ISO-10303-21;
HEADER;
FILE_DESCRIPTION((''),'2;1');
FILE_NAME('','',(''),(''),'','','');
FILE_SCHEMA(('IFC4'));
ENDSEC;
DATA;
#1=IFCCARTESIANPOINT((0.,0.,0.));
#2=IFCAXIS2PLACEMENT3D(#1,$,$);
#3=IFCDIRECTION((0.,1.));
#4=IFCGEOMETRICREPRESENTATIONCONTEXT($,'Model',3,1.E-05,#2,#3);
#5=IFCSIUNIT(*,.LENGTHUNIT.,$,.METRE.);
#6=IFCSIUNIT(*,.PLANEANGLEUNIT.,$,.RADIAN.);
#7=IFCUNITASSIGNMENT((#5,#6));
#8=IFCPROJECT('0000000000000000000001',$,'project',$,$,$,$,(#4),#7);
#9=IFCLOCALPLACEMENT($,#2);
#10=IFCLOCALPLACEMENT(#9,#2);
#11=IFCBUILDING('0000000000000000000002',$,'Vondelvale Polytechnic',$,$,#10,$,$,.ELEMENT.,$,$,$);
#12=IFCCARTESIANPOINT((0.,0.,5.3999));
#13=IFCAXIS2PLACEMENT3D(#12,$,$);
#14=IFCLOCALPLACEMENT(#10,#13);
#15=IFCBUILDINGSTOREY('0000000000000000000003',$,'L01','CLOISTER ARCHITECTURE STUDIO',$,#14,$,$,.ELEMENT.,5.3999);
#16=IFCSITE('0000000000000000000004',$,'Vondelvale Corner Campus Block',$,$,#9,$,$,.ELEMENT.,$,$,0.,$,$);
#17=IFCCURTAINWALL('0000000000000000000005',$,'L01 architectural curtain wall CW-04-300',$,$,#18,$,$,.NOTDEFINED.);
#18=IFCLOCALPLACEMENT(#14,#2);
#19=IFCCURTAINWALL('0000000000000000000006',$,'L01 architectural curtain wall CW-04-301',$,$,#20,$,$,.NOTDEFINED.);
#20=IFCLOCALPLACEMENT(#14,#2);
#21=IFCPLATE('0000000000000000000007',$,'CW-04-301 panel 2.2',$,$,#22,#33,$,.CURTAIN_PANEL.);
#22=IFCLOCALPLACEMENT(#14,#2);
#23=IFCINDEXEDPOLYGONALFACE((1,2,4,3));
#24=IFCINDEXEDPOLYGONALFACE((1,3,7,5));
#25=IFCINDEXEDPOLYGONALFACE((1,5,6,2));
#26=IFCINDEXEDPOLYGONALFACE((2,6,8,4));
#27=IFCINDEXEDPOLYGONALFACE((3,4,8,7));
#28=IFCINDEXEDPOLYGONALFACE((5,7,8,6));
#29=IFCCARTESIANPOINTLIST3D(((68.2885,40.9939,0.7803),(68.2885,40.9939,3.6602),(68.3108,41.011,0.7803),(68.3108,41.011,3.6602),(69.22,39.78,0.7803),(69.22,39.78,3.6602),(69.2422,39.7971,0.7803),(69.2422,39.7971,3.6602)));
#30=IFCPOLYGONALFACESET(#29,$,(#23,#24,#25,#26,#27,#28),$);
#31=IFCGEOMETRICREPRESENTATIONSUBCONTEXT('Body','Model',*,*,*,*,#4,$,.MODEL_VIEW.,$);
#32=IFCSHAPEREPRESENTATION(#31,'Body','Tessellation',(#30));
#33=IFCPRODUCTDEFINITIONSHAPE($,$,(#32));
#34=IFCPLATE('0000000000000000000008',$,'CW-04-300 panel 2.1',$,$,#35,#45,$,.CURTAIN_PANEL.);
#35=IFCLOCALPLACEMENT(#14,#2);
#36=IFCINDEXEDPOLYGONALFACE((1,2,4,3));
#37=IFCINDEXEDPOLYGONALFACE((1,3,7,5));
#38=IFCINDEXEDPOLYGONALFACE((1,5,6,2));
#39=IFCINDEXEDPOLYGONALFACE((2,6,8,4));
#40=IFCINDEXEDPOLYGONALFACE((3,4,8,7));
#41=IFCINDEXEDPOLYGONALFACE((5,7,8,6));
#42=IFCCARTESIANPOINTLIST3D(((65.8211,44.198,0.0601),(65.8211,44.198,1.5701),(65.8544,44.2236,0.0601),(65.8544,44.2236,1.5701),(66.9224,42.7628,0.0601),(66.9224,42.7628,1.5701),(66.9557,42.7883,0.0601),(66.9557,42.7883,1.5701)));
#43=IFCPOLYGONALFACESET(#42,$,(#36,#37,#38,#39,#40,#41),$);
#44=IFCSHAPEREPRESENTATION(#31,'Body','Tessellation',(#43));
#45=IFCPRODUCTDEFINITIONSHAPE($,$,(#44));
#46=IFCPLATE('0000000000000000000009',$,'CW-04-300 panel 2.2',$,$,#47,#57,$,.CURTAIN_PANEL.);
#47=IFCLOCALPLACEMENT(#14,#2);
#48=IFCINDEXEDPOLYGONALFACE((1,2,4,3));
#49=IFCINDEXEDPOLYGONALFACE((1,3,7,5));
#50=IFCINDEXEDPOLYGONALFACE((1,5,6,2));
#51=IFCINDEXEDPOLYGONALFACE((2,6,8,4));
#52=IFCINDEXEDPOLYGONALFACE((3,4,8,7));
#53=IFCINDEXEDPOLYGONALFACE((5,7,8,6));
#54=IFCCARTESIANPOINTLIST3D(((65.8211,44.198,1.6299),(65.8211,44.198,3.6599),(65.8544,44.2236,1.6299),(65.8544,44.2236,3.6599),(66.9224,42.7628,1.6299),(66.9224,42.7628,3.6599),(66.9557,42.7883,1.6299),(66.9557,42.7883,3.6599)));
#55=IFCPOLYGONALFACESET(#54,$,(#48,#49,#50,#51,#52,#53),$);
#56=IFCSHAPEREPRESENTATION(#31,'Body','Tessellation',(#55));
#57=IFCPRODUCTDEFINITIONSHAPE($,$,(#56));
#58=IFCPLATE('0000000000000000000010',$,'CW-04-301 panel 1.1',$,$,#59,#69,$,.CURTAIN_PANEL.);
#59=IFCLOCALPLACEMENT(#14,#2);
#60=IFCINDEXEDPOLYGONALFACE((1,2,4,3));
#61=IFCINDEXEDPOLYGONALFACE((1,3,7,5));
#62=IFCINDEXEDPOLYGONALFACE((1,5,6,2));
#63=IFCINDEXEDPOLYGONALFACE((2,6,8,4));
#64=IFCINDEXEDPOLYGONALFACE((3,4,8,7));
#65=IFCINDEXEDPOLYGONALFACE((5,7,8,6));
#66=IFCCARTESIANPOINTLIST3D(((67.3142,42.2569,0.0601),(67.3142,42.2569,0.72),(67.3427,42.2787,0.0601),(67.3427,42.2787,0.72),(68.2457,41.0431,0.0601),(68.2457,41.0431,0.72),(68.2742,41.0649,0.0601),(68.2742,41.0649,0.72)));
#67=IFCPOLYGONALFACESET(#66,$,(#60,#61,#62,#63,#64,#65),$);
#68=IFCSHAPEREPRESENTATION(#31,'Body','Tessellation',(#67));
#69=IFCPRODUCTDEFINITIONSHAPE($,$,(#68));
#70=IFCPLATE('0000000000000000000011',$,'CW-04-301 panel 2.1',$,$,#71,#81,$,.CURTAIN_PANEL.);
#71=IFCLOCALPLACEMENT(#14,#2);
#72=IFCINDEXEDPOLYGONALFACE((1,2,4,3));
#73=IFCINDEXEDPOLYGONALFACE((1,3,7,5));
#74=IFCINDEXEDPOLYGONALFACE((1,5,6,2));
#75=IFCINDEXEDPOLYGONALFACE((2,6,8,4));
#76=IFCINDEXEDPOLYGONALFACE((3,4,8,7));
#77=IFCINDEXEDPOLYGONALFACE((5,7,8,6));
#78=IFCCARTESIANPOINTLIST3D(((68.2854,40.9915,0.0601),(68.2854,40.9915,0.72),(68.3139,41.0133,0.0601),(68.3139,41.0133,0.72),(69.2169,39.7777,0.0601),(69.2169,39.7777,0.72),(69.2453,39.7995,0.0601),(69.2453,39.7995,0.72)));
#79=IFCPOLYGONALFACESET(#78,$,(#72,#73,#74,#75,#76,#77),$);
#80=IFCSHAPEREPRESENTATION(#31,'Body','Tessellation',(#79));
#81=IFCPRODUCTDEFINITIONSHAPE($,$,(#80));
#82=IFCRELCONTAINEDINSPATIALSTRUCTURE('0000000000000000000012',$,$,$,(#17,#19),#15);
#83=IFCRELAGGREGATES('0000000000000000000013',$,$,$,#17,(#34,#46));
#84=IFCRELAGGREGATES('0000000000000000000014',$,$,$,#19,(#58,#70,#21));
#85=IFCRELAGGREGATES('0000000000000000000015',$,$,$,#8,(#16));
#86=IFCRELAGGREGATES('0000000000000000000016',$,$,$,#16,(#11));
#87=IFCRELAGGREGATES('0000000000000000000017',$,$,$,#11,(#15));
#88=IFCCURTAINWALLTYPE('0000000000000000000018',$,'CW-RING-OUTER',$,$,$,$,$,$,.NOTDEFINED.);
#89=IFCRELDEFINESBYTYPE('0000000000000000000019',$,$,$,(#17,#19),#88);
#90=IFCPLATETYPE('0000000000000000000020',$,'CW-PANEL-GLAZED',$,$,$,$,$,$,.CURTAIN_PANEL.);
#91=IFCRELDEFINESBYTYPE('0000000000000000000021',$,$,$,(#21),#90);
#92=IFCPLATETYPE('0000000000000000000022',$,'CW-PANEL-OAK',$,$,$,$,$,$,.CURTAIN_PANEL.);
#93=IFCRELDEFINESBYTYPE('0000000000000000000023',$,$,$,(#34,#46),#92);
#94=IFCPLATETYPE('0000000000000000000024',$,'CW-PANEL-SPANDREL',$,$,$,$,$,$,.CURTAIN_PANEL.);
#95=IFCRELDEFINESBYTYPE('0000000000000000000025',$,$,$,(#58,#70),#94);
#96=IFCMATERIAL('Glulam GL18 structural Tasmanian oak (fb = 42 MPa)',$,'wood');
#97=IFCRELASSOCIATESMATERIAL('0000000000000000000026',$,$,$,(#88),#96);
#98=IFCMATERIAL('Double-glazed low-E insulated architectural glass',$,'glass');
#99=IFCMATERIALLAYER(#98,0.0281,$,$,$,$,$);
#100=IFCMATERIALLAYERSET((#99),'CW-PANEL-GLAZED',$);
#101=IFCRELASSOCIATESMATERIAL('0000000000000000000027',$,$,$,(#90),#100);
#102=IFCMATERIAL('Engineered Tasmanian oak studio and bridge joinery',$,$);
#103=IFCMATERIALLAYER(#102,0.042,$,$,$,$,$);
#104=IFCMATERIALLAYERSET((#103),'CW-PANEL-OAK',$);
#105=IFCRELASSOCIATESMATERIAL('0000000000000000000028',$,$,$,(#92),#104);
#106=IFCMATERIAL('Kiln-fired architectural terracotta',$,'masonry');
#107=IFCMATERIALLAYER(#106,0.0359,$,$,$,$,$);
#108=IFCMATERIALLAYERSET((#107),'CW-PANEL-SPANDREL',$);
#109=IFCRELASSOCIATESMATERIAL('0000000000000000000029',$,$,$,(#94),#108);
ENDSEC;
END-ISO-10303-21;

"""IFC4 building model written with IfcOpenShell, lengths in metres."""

from ifc_helpers import new_model, si_unit, direction, frame, origin, origin_2d, place, context, subcontext, project, spatial, rectangle, extrude, material, layer, layer_set, type_object, element, aggregate, save


model = new_model("IFC4")

# Units and contexts
model_context = context("Model", 3, precision=1e-05, world=origin(), true_north=direction((0.0, 1.0)))
body_context = subcontext(model_context, "Body", "Model", "MODEL_VIEW")
ifc_project = project(units=[si_unit("LENGTHUNIT", "METRE"), si_unit("PLANEANGLEUNIT", "RADIAN")], contexts=[model_context])

# Site, building, storey
site_placement = place(None, origin())
site = spatial("IfcSite", under=ifc_project, at=site_placement, Name="Vondelvale Corner Campus Block", CompositionType="ELEMENT", RefElevation=0.0)
building_placement = place(site_placement, origin())
building = spatial("IfcBuilding", under=site, at=building_placement, Name="Vondelvale Polytechnic", CompositionType="ELEMENT")
storey_placement = place(building_placement, frame((0.0, 0.0, 5.3999)))
storey = spatial("IfcBuildingStorey", under=building, at=storey_placement, Name="L01", Description="CLOISTER ARCHITECTURE STUDIO", CompositionType="ELEMENT", Elevation=5.3999)

# Shared definitions
ifc_material_1 = material(Name="Glulam GL18 structural Tasmanian oak (fb = 42 MPa)", Category="wood")

# Curtain walls
curtain_wall_type = type_object("IfcCurtainWallType", Name="CW-RING-OUTER", PredefinedType="NOTDEFINED", material=ifc_material_1)
curtain_wall_1_placement = place(storey_placement, origin())
curtain_wall_1 = element("IfcCurtainWall", 1, at=curtain_wall_1_placement, inside=storey, type_object=curtain_wall_type, Name="L01 architectural curtain wall CW-04-300", PredefinedType="NOTDEFINED")
curtain_wall_2_placement = place(storey_placement, origin())
curtain_wall_2 = element("IfcCurtainWall", 2, at=curtain_wall_2_placement, inside=storey, type_object=curtain_wall_type, Name="L01 architectural curtain wall CW-04-301", PredefinedType="NOTDEFINED")

# Plates
ifc_material_2 = material(Name="Double-glazed low-E insulated architectural glass", Category="glass")
ifc_layer_1 = layer(ifc_material_2, 0.0281)
ifc_layer_set_1 = layer_set([ifc_layer_1], Name="CW-PANEL-GLAZED")
plate_type_1 = type_object("IfcPlateType", Name="CW-PANEL-GLAZED", PredefinedType="CURTAIN_PANEL", material=ifc_layer_set_1)
plate_1_placement = place(storey_placement, frame((68.7654, 40.3955, 0.7803), z_axis=(0.0, 0.0, 1.0), x_axis=(0.608787, -0.793334, 0.0)))
plate_1 = element("IfcPlate", 3, at=plate_1_placement, type_object=plate_type_1, Name="CW-04-301 panel 2.2", PredefinedType="CURTAIN_PANEL", context=body_context, shape_type="SweptSolid", body=[
    extrude(rectangle(XDim=1.53, YDim=0.0281, at=origin_2d()), origin(), (0.0, 0.0, 1.0), 2.8799),
])
ifc_material_3 = material(Name="Engineered Tasmanian oak studio and bridge joinery")
ifc_layer_2 = layer(ifc_material_3, 0.042)
ifc_layer_set_2 = layer_set([ifc_layer_2], Name="CW-PANEL-OAK")
plate_type_2 = type_object("IfcPlateType", Name="CW-PANEL-OAK", PredefinedType="CURTAIN_PANEL", material=ifc_layer_set_2)
plate_2_placement = place(storey_placement, frame((66.3884, 43.4932, 0.0601), z_axis=(0.0, 0.0, 1.0), x_axis=(0.608771, -0.793346, 0.0)))
plate_2 = element("IfcPlate", 4, at=plate_2_placement, type_object=plate_type_2, Name="CW-04-300 panel 2.1", PredefinedType="CURTAIN_PANEL", context=body_context, shape_type="SweptSolid", body=[
    extrude(rectangle(XDim=1.8091, YDim=0.042, at=origin_2d()), origin(), (0.0, 0.0, 1.0), 1.51),
])
plate_3_placement = place(storey_placement, frame((66.3884, 43.4932, 1.6299), z_axis=(0.0, 0.0, 1.0), x_axis=(0.608771, -0.793346, 0.0)))
plate_3 = element("IfcPlate", 5, at=plate_3_placement, type_object=plate_type_2, Name="CW-04-300 panel 2.2", PredefinedType="CURTAIN_PANEL", context=body_context, shape_type="SweptSolid", body=[
    extrude(rectangle(XDim=1.8091, YDim=0.042, at=origin_2d()), origin(), (0.0, 0.0, 1.0), 2.03),
])
aggregate(curtain_wall_1, [plate_2, plate_3])
ifc_material_4 = material(Name="Kiln-fired architectural terracotta", Category="masonry")
ifc_layer_3 = layer(ifc_material_4, 0.0359)
ifc_layer_set_3 = layer_set([ifc_layer_3], Name="CW-PANEL-SPANDREL")
plate_type_3 = type_object("IfcPlateType", Name="CW-PANEL-SPANDREL", PredefinedType="CURTAIN_PANEL", material=ifc_layer_set_3)
plate_4_placement = place(storey_placement, frame((67.7942, 41.6609, 0.0601), z_axis=(0.0, 0.0, 1.0), x_axis=(0.608787, -0.793334, 0.0)))
plate_4 = element("IfcPlate", 6, at=plate_4_placement, type_object=plate_type_3, Name="CW-04-301 panel 1.1", PredefinedType="CURTAIN_PANEL", context=body_context, shape_type="SweptSolid", body=[
    extrude(rectangle(XDim=1.53, YDim=0.0359, at=origin_2d()), origin(), (0.0, 0.0, 1.0), 0.6599),
])
plate_5_placement = place(storey_placement, frame((68.7654, 40.3955, 0.0601), z_axis=(0.0, 0.0, 1.0), x_axis=(0.608787, -0.793334, 0.0)))
plate_5 = element("IfcPlate", 7, at=plate_5_placement, type_object=plate_type_3, Name="CW-04-301 panel 2.1", PredefinedType="CURTAIN_PANEL", context=body_context, shape_type="SweptSolid", body=[
    extrude(rectangle(XDim=1.53, YDim=0.0359, at=origin_2d()), origin(), (0.0, 0.0, 1.0), 0.6599),
])
aggregate(curtain_wall_2, [plate_4, plate_5, plate_1])

save(model, "model.ifc")
